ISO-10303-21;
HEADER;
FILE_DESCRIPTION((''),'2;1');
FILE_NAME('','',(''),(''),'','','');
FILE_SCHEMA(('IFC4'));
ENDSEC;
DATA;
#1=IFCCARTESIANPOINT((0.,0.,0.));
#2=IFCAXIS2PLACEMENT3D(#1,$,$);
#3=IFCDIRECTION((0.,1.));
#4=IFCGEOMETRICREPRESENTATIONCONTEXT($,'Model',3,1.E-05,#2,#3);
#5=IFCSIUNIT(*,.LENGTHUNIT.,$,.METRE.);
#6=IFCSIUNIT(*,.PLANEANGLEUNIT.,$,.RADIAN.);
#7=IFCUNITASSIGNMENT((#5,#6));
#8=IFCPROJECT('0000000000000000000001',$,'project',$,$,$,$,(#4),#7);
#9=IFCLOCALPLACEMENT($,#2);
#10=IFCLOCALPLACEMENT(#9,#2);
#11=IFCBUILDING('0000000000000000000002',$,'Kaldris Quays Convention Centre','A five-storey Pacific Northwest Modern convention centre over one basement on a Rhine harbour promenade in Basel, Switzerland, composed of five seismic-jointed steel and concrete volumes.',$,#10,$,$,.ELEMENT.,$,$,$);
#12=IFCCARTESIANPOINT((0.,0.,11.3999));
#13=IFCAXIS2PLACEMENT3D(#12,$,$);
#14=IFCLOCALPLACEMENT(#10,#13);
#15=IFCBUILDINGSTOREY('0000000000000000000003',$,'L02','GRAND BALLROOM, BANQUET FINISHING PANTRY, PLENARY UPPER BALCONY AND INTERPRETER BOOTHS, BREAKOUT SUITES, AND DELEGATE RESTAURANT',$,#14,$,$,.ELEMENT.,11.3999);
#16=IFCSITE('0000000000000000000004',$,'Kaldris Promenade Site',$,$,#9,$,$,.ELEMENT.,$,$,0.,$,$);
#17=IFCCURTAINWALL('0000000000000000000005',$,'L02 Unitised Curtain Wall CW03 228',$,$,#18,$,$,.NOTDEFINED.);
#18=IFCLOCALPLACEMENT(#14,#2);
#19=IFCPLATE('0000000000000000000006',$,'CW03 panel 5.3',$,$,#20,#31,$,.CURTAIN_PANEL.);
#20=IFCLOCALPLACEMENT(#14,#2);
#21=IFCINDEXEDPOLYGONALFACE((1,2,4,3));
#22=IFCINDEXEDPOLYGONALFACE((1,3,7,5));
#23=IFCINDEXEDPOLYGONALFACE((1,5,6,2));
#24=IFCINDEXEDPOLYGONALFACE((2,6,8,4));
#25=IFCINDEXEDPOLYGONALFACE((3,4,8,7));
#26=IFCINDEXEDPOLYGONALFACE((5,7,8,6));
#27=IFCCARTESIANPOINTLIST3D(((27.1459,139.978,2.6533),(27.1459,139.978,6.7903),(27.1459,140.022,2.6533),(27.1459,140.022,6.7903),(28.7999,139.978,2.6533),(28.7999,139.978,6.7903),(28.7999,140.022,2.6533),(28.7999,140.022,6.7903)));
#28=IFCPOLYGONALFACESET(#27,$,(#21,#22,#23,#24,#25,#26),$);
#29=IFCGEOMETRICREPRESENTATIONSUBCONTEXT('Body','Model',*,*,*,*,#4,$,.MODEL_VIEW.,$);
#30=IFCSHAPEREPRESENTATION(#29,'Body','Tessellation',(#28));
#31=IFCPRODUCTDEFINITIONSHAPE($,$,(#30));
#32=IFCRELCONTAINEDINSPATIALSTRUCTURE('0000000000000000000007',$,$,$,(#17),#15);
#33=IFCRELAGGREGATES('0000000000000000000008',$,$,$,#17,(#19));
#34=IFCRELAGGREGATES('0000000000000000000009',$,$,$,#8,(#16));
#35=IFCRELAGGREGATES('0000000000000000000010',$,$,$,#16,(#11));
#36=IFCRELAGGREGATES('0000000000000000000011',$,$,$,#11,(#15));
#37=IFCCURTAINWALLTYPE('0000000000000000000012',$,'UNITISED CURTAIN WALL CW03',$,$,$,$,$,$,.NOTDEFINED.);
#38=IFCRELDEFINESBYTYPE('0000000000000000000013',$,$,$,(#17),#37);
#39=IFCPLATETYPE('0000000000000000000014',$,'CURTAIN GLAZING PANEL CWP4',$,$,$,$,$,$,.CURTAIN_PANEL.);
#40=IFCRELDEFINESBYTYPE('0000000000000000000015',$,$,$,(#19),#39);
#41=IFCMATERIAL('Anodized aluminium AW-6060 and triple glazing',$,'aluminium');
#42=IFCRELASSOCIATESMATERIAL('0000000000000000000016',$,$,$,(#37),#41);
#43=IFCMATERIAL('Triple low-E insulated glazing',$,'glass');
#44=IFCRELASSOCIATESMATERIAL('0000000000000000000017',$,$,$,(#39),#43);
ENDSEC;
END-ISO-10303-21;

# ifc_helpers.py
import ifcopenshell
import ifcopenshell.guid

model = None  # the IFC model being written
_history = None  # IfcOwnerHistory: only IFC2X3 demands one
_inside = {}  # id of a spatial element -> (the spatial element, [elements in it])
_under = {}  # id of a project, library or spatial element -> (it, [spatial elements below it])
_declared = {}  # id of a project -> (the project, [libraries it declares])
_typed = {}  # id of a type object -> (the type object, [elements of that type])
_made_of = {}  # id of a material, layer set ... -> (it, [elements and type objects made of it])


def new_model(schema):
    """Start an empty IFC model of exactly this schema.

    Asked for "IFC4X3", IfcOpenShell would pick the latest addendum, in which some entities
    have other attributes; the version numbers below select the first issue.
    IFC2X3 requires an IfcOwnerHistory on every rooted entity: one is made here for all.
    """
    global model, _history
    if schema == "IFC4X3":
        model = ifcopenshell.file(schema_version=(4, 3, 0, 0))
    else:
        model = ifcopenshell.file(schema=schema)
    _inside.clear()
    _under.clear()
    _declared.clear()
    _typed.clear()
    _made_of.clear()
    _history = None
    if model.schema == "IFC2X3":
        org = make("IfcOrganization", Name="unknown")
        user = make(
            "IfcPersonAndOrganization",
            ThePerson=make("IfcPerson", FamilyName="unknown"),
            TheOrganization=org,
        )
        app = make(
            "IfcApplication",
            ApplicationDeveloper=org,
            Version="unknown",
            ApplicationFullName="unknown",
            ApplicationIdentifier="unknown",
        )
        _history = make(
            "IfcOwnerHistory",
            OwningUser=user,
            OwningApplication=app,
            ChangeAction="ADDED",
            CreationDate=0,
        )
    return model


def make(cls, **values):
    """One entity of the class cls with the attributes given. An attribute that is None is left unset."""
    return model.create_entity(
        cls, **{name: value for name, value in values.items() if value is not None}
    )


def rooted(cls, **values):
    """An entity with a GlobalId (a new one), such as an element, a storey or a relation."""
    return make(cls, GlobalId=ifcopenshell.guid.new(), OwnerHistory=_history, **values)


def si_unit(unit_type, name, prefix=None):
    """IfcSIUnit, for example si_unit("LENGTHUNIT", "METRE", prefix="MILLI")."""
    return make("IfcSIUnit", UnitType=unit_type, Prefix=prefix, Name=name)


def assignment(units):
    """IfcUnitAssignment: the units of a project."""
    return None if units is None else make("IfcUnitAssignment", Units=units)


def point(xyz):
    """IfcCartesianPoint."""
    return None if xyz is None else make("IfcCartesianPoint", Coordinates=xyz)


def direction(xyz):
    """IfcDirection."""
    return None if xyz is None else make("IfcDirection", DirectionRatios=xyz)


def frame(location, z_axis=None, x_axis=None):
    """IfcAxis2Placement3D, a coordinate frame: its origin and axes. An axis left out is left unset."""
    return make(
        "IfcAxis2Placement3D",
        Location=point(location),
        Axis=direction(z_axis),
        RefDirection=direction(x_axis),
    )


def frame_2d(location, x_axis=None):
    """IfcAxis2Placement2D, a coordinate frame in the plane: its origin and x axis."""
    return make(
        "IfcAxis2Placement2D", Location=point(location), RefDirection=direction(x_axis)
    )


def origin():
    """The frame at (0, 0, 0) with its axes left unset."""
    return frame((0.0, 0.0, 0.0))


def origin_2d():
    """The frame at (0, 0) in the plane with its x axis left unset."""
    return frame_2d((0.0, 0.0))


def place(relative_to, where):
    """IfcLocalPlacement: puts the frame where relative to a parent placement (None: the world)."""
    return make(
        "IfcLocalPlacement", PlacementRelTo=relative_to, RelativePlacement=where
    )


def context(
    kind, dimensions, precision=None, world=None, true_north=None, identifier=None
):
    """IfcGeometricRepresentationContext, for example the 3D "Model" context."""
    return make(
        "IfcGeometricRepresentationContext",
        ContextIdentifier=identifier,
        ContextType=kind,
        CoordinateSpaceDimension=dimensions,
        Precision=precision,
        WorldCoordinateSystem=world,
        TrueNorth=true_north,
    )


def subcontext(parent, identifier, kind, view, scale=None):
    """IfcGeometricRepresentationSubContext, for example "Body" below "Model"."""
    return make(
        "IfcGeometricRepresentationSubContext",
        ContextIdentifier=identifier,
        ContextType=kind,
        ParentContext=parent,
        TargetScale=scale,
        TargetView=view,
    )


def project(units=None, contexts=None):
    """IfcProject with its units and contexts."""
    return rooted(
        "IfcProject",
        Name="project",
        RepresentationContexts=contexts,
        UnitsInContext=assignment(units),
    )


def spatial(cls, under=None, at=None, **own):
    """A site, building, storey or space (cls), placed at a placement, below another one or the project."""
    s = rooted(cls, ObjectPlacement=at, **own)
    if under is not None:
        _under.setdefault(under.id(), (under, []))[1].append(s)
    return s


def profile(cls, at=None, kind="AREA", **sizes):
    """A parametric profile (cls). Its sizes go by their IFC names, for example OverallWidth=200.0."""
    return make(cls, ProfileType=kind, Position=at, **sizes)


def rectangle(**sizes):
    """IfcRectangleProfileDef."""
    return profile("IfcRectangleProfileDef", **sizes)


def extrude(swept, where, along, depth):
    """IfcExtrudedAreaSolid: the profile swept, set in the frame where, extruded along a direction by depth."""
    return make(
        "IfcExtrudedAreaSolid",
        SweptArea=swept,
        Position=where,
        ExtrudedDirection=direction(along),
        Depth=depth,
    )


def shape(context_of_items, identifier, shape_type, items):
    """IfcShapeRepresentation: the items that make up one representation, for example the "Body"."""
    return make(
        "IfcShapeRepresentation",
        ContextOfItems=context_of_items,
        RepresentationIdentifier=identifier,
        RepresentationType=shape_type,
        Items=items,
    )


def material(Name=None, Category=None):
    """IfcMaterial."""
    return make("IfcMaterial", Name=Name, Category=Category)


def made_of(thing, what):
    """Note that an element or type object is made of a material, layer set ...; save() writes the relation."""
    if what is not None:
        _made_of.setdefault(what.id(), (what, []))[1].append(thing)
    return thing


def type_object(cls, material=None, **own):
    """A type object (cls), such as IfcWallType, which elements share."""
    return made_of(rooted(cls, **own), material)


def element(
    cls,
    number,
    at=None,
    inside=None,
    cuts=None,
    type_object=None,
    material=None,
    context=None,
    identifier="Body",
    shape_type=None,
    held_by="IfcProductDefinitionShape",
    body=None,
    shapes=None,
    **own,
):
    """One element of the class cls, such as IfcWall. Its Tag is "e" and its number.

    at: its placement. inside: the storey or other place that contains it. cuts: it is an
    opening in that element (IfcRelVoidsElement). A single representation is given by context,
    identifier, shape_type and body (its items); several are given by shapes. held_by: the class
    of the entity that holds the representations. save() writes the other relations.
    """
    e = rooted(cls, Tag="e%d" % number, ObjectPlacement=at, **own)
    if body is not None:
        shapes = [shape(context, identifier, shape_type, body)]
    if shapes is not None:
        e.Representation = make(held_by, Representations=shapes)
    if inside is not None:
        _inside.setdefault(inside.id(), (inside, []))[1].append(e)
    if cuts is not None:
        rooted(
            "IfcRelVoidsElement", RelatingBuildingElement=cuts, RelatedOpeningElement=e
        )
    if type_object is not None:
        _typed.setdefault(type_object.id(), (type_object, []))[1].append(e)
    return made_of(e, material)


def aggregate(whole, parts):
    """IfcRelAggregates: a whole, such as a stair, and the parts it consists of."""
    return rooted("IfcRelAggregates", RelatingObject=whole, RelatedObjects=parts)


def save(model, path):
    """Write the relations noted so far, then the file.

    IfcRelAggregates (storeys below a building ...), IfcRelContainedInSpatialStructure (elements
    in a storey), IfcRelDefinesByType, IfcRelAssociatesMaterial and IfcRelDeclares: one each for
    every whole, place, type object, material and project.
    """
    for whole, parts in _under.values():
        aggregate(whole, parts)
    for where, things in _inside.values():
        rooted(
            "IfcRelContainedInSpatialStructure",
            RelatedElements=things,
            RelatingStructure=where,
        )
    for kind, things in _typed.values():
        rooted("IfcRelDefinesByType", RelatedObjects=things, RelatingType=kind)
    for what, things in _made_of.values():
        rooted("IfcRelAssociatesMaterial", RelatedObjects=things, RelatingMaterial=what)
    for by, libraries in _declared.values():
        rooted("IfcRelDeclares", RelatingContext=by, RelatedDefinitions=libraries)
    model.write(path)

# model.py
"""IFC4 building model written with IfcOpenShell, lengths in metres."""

from ifc_helpers import new_model, si_unit, direction, frame, origin, origin_2d, place, context, subcontext, project, spatial, rectangle, extrude, material, type_object, element, aggregate, save


model = new_model("IFC4")

# Units and contexts
model_context = context("Model", 3, precision=1e-05, world=origin(), true_north=direction((0.0, 1.0)))
body_context = subcontext(model_context, "Body", "Model", "MODEL_VIEW")
ifc_project = project(units=[si_unit("LENGTHUNIT", "METRE"), si_unit("PLANEANGLEUNIT", "RADIAN")], contexts=[model_context])

# Site, building, storey
site_placement = place(None, origin())
site = spatial("IfcSite", under=ifc_project, at=site_placement, Name="Kaldris Promenade Site", CompositionType="ELEMENT", RefElevation=0.0)
building_placement = place(site_placement, origin())
building = spatial("IfcBuilding", under=site, at=building_placement, Name="Kaldris Quays Convention Centre", Description="A five-storey Pacific Northwest Modern convention centre over one basement on a Rhine harbour promenade in Basel, Switzerland, composed of five seismic-jointed steel and concrete volumes.", CompositionType="ELEMENT")
storey_placement = place(building_placement, frame((0.0, 0.0, 11.3999)))
storey = spatial("IfcBuildingStorey", under=building, at=storey_placement, Name="L02", Description="GRAND BALLROOM, BANQUET FINISHING PANTRY, PLENARY UPPER BALCONY AND INTERPRETER BOOTHS, BREAKOUT SUITES, AND DELEGATE RESTAURANT", CompositionType="ELEMENT", Elevation=11.3999)

# Curtain wall, plate
ifc_material_1 = material(Name="Anodized aluminium AW-6060 and triple glazing", Category="aluminium")
curtain_wall_type = type_object("IfcCurtainWallType", Name="UNITISED CURTAIN WALL CW03", PredefinedType="NOTDEFINED", material=ifc_material_1)
curtain_wall_placement = place(storey_placement, origin())
curtain_wall = element("IfcCurtainWall", 1, at=curtain_wall_placement, inside=storey, type_object=curtain_wall_type, Name="L02 Unitised Curtain Wall CW03 228", PredefinedType="NOTDEFINED")
ifc_material_2 = material(Name="Triple low-E insulated glazing", Category="glass")
plate_type = type_object("IfcPlateType", Name="CURTAIN GLAZING PANEL CWP4", PredefinedType="CURTAIN_PANEL", material=ifc_material_2)
plate_1_placement = place(storey_placement, frame((27.9729, 140.0, 2.6533), z_axis=(0.0, 0.0, 1.0), x_axis=(1.0, 0.0, 0.0)))
plate_1 = element("IfcPlate", 2, at=plate_1_placement, type_object=plate_type, Name="CW03 panel 5.3", PredefinedType="CURTAIN_PANEL", context=body_context, shape_type="SweptSolid", body=[
    extrude(rectangle(XDim=1.6541, YDim=0.0439, at=origin_2d()), origin(), (0.0, 0.0, 1.0), 4.137),
])
aggregate(curtain_wall, [plate_1])

save(model, "model.ifc")
